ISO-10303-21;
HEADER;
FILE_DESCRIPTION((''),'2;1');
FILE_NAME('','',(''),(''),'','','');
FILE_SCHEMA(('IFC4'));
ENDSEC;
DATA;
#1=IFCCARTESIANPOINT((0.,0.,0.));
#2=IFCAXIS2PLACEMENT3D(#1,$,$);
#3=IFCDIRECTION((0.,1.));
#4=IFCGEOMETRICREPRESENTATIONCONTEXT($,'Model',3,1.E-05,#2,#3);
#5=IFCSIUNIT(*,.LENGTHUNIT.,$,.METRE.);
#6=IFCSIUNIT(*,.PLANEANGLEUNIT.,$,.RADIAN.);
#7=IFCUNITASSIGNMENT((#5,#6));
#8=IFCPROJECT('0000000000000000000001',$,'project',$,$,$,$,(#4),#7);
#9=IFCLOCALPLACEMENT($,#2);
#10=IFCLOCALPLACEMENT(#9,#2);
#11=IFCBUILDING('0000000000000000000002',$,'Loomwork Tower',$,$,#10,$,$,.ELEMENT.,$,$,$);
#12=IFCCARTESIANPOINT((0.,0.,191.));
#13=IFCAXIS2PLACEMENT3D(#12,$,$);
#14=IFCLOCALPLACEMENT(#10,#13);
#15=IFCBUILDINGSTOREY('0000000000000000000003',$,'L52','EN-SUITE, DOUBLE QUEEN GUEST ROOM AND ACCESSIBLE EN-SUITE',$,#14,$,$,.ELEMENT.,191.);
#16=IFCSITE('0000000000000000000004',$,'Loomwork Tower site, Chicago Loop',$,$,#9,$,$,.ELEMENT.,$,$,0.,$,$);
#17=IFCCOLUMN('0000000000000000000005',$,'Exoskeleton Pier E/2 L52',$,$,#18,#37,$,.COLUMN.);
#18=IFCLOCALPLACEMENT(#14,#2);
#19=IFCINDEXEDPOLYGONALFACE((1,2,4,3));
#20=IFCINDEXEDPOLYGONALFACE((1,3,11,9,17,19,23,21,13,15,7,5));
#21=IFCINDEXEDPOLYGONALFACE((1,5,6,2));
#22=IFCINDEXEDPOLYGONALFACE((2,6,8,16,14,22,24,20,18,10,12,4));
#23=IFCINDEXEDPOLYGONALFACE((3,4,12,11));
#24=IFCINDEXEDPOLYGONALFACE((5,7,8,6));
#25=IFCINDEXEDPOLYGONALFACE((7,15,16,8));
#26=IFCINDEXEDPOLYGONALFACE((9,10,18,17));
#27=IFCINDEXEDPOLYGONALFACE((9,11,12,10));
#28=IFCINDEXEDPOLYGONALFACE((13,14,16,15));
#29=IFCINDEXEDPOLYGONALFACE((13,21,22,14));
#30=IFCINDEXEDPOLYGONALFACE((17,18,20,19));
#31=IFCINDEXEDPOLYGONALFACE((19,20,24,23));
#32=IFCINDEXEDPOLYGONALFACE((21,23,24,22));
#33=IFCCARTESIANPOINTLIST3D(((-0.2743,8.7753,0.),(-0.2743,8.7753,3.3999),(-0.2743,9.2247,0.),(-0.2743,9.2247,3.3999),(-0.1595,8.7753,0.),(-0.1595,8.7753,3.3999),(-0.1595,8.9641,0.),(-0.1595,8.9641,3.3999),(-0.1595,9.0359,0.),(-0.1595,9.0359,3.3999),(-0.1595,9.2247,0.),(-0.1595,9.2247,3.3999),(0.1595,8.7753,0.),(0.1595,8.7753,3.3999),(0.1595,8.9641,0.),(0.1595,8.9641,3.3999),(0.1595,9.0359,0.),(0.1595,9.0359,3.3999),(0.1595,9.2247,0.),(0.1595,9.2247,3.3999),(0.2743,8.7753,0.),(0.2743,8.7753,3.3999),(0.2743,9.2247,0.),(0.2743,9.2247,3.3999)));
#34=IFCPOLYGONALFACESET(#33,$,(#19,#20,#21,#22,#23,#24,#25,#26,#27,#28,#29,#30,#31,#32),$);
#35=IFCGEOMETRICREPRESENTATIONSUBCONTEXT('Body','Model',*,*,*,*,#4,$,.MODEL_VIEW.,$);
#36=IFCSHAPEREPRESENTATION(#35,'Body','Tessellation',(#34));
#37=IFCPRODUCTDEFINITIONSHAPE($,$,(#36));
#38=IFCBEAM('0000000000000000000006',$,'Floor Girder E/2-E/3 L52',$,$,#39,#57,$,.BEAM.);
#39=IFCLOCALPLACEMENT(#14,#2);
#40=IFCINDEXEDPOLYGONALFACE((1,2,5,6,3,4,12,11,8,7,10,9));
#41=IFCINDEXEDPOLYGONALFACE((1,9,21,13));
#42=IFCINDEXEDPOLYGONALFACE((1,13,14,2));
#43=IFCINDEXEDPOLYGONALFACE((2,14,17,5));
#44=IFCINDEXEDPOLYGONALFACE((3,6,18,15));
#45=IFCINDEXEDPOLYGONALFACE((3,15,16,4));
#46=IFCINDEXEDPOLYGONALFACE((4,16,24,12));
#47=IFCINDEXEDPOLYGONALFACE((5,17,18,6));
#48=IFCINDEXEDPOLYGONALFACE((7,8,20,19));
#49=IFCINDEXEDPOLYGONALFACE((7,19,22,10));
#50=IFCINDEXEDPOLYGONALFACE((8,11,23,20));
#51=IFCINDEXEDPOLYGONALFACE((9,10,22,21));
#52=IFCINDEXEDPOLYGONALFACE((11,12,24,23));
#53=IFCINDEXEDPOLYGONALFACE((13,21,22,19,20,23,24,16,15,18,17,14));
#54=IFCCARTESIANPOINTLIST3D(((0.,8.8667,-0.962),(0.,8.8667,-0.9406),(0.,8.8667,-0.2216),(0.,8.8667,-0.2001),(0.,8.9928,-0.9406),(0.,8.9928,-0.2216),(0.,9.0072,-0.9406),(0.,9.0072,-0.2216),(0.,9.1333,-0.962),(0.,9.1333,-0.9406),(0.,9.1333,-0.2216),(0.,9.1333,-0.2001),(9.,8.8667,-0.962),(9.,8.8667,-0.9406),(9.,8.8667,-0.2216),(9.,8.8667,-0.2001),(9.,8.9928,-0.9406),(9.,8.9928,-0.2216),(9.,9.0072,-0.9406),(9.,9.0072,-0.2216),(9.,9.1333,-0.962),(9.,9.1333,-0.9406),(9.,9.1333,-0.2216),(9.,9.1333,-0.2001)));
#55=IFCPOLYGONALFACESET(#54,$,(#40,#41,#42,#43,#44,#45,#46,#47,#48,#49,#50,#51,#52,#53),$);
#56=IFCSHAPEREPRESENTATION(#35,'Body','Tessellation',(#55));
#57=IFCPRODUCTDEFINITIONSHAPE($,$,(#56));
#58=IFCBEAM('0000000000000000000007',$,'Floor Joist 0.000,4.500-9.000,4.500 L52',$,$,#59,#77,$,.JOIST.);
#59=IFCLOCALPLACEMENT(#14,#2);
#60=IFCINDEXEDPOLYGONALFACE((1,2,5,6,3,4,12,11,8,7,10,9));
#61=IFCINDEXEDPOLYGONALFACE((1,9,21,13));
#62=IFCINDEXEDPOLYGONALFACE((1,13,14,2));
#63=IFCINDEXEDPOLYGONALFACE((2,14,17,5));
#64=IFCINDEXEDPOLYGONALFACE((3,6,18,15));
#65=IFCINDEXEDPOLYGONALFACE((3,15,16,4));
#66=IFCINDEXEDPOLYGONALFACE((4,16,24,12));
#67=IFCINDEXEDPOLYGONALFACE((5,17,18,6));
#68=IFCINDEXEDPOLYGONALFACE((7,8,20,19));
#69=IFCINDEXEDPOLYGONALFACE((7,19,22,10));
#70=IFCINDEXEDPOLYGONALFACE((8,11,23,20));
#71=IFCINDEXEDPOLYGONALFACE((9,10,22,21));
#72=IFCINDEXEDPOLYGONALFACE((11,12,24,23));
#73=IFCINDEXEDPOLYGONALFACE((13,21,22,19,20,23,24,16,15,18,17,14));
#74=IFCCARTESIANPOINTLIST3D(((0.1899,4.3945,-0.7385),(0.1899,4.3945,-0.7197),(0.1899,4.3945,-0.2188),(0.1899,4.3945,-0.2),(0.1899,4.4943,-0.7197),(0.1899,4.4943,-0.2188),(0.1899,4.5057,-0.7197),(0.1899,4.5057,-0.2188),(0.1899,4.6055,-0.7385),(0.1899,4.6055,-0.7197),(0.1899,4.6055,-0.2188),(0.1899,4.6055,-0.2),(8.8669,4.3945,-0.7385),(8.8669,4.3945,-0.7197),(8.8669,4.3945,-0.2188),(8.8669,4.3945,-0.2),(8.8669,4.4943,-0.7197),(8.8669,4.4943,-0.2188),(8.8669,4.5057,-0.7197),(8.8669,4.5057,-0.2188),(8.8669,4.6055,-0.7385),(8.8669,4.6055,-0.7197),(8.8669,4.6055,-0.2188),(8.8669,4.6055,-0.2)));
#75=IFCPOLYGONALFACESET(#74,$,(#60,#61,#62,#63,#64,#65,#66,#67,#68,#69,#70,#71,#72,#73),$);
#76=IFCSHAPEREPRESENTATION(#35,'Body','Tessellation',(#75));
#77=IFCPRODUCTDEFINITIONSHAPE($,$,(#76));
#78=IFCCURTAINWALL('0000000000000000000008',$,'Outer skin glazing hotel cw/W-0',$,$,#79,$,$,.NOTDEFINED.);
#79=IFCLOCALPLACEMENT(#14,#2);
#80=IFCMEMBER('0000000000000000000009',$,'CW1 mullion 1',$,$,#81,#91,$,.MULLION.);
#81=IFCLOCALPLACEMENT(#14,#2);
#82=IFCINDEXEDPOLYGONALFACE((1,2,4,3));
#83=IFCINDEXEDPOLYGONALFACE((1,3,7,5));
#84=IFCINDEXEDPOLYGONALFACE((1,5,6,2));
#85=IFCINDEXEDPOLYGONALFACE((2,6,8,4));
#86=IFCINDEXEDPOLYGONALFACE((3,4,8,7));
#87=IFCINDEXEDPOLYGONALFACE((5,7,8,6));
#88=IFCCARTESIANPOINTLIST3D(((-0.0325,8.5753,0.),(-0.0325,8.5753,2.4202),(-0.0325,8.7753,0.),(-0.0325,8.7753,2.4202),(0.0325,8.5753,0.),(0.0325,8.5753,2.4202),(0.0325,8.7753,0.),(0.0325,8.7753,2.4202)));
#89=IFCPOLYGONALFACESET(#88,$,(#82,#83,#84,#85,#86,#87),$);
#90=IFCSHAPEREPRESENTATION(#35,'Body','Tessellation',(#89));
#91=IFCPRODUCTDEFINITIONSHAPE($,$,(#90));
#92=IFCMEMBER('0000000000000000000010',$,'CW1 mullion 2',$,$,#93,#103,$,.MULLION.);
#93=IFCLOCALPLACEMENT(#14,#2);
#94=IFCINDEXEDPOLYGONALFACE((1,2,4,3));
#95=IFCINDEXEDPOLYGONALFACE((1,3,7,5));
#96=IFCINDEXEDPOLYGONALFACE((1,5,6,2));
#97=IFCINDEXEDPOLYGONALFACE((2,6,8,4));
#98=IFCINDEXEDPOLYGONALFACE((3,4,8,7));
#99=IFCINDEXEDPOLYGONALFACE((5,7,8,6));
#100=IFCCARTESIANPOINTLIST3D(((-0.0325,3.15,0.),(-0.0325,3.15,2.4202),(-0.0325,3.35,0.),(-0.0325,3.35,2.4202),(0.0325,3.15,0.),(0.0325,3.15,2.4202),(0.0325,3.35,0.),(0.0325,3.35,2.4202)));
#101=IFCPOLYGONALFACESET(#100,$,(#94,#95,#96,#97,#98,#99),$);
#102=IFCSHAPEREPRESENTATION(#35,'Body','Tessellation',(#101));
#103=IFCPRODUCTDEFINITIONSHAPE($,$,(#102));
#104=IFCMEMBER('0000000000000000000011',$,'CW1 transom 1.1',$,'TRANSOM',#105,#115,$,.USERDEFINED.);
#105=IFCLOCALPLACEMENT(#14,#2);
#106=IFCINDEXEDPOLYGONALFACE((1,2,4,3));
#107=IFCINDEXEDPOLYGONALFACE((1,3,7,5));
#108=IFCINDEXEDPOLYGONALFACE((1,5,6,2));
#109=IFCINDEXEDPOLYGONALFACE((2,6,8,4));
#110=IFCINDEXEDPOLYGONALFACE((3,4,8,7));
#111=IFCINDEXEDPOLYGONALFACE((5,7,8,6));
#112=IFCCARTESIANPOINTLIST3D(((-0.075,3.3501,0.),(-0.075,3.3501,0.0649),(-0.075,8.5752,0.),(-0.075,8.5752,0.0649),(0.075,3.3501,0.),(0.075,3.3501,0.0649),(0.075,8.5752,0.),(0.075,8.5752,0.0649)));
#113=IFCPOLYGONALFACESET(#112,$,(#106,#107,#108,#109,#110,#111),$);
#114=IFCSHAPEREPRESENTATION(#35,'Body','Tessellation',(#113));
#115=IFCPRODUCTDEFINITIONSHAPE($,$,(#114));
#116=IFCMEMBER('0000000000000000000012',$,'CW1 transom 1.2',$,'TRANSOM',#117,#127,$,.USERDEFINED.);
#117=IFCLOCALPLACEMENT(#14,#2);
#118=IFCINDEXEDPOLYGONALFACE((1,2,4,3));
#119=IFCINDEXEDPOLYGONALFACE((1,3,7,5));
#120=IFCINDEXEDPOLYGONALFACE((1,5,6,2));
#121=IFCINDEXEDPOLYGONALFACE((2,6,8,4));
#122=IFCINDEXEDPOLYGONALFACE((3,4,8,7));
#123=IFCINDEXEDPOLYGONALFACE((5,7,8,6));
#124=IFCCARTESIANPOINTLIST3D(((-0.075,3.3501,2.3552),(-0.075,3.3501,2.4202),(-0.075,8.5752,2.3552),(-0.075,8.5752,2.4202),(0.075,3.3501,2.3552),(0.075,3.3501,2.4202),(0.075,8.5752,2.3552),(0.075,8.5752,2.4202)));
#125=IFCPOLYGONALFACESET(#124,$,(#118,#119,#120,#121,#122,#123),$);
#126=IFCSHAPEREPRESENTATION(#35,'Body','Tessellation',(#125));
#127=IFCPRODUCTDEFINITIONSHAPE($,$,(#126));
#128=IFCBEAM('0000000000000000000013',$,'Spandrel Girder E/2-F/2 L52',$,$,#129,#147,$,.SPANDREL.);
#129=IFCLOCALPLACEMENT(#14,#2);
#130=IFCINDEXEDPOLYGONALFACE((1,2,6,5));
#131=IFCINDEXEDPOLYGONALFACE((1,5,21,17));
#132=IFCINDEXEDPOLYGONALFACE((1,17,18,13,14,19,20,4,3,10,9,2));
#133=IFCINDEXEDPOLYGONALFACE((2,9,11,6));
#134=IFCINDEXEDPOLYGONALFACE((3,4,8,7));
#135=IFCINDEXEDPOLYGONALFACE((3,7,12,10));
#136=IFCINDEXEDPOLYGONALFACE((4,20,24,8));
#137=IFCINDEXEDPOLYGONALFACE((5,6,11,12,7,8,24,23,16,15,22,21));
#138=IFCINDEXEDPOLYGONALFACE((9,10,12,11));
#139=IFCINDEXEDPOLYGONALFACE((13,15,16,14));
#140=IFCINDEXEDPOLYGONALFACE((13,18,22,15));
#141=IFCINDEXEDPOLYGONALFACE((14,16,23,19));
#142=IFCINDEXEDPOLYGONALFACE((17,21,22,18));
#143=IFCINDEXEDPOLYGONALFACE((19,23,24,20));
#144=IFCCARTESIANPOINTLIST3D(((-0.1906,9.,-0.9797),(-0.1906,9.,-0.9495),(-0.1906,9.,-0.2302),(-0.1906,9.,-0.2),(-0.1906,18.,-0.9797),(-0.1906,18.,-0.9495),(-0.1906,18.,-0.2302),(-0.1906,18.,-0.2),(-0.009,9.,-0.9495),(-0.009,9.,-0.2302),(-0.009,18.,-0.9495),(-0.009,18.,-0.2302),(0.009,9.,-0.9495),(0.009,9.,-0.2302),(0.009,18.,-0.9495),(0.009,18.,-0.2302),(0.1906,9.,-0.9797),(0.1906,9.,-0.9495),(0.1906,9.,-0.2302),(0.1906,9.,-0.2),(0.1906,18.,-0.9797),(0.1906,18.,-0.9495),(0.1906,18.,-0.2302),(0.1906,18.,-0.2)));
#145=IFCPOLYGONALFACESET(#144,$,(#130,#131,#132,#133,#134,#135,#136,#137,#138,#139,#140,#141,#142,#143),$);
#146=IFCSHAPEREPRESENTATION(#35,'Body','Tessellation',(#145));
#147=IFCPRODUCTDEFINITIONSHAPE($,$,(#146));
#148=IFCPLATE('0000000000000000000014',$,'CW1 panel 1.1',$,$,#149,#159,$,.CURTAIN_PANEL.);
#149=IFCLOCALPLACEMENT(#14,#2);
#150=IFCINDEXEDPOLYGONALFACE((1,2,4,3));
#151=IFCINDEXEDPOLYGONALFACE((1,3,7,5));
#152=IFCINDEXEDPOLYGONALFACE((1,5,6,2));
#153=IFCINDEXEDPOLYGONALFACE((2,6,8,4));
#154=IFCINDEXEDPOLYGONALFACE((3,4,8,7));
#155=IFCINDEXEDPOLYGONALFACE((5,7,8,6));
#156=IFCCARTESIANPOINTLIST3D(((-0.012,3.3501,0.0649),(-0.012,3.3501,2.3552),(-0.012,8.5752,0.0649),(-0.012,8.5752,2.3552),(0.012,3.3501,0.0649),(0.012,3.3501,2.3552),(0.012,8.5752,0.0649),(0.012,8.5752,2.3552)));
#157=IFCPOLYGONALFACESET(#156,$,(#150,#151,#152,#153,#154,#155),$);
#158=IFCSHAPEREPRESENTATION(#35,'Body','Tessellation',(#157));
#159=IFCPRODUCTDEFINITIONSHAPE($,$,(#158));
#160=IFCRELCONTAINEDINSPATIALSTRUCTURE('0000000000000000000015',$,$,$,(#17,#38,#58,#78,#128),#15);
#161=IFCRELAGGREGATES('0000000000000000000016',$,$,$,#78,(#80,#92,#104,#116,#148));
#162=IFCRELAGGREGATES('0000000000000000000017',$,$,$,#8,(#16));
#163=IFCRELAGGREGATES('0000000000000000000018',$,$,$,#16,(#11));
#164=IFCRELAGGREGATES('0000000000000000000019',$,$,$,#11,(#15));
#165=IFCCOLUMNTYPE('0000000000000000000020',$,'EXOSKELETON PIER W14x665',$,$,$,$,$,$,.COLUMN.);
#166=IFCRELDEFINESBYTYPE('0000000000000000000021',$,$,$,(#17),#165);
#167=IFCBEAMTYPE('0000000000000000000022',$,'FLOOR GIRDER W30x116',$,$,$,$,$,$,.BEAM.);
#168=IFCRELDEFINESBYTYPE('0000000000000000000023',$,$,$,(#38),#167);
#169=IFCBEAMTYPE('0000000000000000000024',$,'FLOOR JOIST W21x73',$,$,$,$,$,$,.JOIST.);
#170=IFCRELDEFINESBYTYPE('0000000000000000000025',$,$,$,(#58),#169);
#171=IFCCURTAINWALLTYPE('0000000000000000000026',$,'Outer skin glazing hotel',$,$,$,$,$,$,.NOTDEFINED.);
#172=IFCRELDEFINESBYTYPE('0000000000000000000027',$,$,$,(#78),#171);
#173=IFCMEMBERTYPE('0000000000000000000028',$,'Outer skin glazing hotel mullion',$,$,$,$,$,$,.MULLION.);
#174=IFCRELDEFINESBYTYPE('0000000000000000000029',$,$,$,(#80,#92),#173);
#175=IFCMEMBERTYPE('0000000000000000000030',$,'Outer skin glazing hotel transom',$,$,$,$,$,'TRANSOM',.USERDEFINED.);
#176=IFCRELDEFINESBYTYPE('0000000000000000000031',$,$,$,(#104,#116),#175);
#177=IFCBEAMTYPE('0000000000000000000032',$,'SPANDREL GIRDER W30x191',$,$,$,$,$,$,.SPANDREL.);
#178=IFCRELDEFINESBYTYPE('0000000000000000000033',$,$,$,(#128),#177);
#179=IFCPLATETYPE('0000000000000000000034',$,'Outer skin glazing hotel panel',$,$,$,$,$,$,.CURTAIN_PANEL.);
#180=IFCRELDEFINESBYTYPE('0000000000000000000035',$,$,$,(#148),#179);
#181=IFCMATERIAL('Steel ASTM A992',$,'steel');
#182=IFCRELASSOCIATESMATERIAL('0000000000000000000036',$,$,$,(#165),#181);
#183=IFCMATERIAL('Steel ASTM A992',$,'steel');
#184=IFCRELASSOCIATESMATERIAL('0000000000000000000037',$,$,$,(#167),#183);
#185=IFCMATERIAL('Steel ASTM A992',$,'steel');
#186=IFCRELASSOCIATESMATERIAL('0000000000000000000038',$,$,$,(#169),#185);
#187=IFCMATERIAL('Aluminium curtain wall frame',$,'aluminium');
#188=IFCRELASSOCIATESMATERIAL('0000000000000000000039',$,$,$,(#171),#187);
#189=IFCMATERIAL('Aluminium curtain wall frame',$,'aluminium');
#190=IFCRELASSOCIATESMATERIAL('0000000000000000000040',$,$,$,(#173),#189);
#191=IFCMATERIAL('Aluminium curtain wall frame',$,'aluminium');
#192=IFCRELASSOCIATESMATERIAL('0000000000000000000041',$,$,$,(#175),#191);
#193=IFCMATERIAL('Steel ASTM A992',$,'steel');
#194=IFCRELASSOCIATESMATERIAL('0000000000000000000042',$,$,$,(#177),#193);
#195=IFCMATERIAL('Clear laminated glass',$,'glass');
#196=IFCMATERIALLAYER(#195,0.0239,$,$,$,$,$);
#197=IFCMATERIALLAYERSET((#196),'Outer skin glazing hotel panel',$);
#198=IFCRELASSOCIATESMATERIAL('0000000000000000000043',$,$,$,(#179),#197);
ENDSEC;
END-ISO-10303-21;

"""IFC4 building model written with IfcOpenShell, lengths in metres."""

from ifc_helpers import new_model, si_unit, direction, frame, origin, origin_2d, place, context, subcontext, project, spatial, rectangle, i_section, extrude, material, layer, layer_set, material_profile, profile_set, type_object, element, aggregate, save


model = new_model("IFC4")

# Units and contexts
model_context = context("Model", 3, precision=1e-05, world=origin(), true_north=direction((0.0, 1.0)))
body_context = subcontext(model_context, "Body", "Model", "MODEL_VIEW")
ifc_project = project(units=[si_unit("LENGTHUNIT", "METRE"), si_unit("PLANEANGLEUNIT", "RADIAN")], contexts=[model_context])

# Site, building, storey
site_placement = place(None, origin())
site = spatial("IfcSite", under=ifc_project, at=site_placement, Name="Loomwork Tower site, Chicago Loop", CompositionType="ELEMENT", RefElevation=0.0)
building_placement = place(site_placement, origin())
building = spatial("IfcBuilding", under=site, at=building_placement, Name="Loomwork Tower", CompositionType="ELEMENT")
storey_placement = place(building_placement, frame((0.0, 0.0, 191.0)))
storey = spatial("IfcBuildingStorey", under=building, at=storey_placement, Name="L52", Description="EN-SUITE, DOUBLE QUEEN GUEST ROOM AND ACCESSIBLE EN-SUITE", CompositionType="ELEMENT", Elevation=191.0)

# Column
ifc_material_1 = material(Name="Steel ASTM A992", Category="steel")
ifc_material_profile_1 = material_profile(ifc_material_1, i_section(OverallWidth=0.4495, OverallDepth=0.5486, WebThickness=0.0718, FlangeThickness=0.1147, at=origin_2d()), Name="W14x665")
ifc_profile_set_1 = profile_set([ifc_material_profile_1], Name="Steel ASTM A992")
column_type = type_object("IfcColumnType", Name="EXOSKELETON PIER W14x665", PredefinedType="COLUMN", material=ifc_profile_set_1)
column_placement = place(storey_placement, frame((0.0, 9.0, 0.0), z_axis=(0.0, 0.0, 1.0), x_axis=(0.0, 1.0, 0.0)))
element("IfcColumn", 1, at=column_placement, inside=storey, type_object=column_type, Name="Exoskeleton Pier E/2 L52", PredefinedType="COLUMN", context=body_context, shape_type="SweptSolid", body=[
    extrude(i_section(OverallWidth=0.4495, OverallDepth=0.5486, WebThickness=0.0718, FlangeThickness=0.1147, at=origin_2d()), origin(), (0.0, 0.0, 1.0), 3.3999),
])

# Beams
ifc_material_2 = material(Name="Steel ASTM A992", Category="steel")
ifc_material_profile_2 = material_profile(ifc_material_2, i_section(OverallWidth=0.2666, OverallDepth=0.762, WebThickness=0.0144, FlangeThickness=0.0215, at=origin_2d()), Name="W30x116")
ifc_profile_set_2 = profile_set([ifc_material_profile_2], Name="Steel ASTM A992")
beam_type_1 = type_object("IfcBeamType", Name="FLOOR GIRDER W30x116", PredefinedType="BEAM", material=ifc_profile_set_2)
beam_1_placement = place(storey_placement, frame((0.0, 9.0, -0.5811), z_axis=(1.0, 0.0, 0.0), x_axis=(0.0, 1.0, 0.0)))
element("IfcBeam", 2, at=beam_1_placement, inside=storey, type_object=beam_type_1, Name="Floor Girder E/2-E/3 L52", PredefinedType="BEAM", context=body_context, shape_type="SweptSolid", body=[
    extrude(i_section(OverallWidth=0.2666, OverallDepth=0.762, WebThickness=0.0144, FlangeThickness=0.0215, at=origin_2d()), origin(), (0.0, 0.0, 1.0), 9.0),
])
ifc_material_3 = material(Name="Steel ASTM A992", Category="steel")
ifc_material_profile_3 = material_profile(ifc_material_3, i_section(OverallWidth=0.2109, OverallDepth=0.5386, WebThickness=0.0115, FlangeThickness=0.0188, at=origin_2d()), Name="W21x73")
ifc_profile_set_3 = profile_set([ifc_material_profile_3], Name="Steel ASTM A992")
beam_type_2 = type_object("IfcBeamType", Name="FLOOR JOIST W21x73", PredefinedType="JOIST", material=ifc_profile_set_3)
beam_2_placement = place(storey_placement, frame((0.1899, 4.5, -0.4692), z_axis=(1.0, 0.0, 0.0), x_axis=(0.0, 1.0, 0.0)))
element("IfcBeam", 3, at=beam_2_placement, inside=storey, type_object=beam_type_2, Name="Floor Joist 0.000,4.500-9.000,4.500 L52", PredefinedType="JOIST", context=body_context, shape_type="SweptSolid", body=[
    extrude(i_section(OverallWidth=0.2109, OverallDepth=0.5386, WebThickness=0.0115, FlangeThickness=0.0188, at=origin_2d()), origin(), (0.0, 0.0, 1.0), 8.677),
])

# Curtain wall, members
ifc_material_4 = material(Name="Aluminium curtain wall frame", Category="aluminium")
curtain_wall_type = type_object("IfcCurtainWallType", Name="Outer skin glazing hotel", PredefinedType="NOTDEFINED", material=ifc_material_4)
curtain_wall_placement = place(storey_placement, origin())
curtain_wall = element("IfcCurtainWall", 4, at=curtain_wall_placement, inside=storey, type_object=curtain_wall_type, Name="Outer skin glazing hotel cw/W-0", PredefinedType="NOTDEFINED")
ifc_material_5 = material(Name="Aluminium curtain wall frame", Category="aluminium")
ifc_material_profile_4 = material_profile(ifc_material_5, rectangle(XDim=0.0649, YDim=0.2, at=origin_2d()), Name="AL 65x200")
ifc_profile_set_4 = profile_set([ifc_material_profile_4], Name="Aluminium curtain wall frame")
member_type_1 = type_object("IfcMemberType", Name="Outer skin glazing hotel mullion", PredefinedType="MULLION", material=ifc_profile_set_4)
member_1_placement = place(storey_placement, frame((0.0, 8.6753, 0.0), z_axis=(0.0, 0.0, 1.0), x_axis=(1.0, 0.0, 0.0)))
member_1 = element("IfcMember", 5, at=member_1_placement, type_object=member_type_1, Name="CW1 mullion 1", PredefinedType="MULLION", context=body_context, shape_type="SweptSolid", body=[
    extrude(rectangle(XDim=0.0649, YDim=0.2, at=origin_2d()), origin(), (0.0, 0.0, 1.0), 2.4202),
])
member_2_placement = place(storey_placement, frame((0.0, 3.25, 0.0), z_axis=(0.0, 0.0, 1.0), x_axis=(1.0, 0.0, 0.0)))
member_2 = element("IfcMember", 6, at=member_2_placement, type_object=member_type_1, Name="CW1 mullion 2", PredefinedType="MULLION", context=body_context, shape_type="SweptSolid", body=[
    extrude(rectangle(XDim=0.0649, YDim=0.2, at=origin_2d()), origin(), (0.0, 0.0, 1.0), 2.4202),
])
ifc_material_6 = material(Name="Aluminium curtain wall frame", Category="aluminium")
ifc_material_profile_5 = material_profile(ifc_material_6, rectangle(XDim=0.1499, YDim=0.0649, at=origin_2d()), Name="AL 65x150")
ifc_profile_set_5 = profile_set([ifc_material_profile_5], Name="Aluminium curtain wall frame")
member_type_2 = type_object("IfcMemberType", Name="Outer skin glazing hotel transom", ElementType="TRANSOM", PredefinedType="USERDEFINED", material=ifc_profile_set_5)
member_3_placement = place(storey_placement, frame((0.0, 8.5752, 0.0325), z_axis=(0.0, -1.0, 0.0), x_axis=(1.0, 0.0, 0.0)))
member_3 = element("IfcMember", 7, at=member_3_placement, type_object=member_type_2, Name="CW1 transom 1.1", ObjectType="TRANSOM", PredefinedType="USERDEFINED", context=body_context, shape_type="SweptSolid", body=[
    extrude(rectangle(XDim=0.1499, YDim=0.0649, at=origin_2d()), origin(), (0.0, 0.0, 1.0), 5.2251),
])
member_4_placement = place(storey_placement, frame((0.0, 8.5752, 2.3877), z_axis=(0.0, -1.0, 0.0), x_axis=(1.0, 0.0, 0.0)))
member_4 = element("IfcMember", 8, at=member_4_placement, type_object=member_type_2, Name="CW1 transom 1.2", ObjectType="TRANSOM", PredefinedType="USERDEFINED", context=body_context, shape_type="SweptSolid", body=[
    extrude(rectangle(XDim=0.1499, YDim=0.0649, at=origin_2d()), origin(), (0.0, 0.0, 1.0), 5.2251),
])

# Beam
ifc_material_7 = material(Name="Steel ASTM A992", Category="steel")
ifc_material_profile_6 = material_profile(ifc_material_7, i_section(OverallWidth=0.3811, OverallDepth=0.7798, WebThickness=0.0181, FlangeThickness=0.0303, at=origin_2d()), Name="W30x191")
ifc_profile_set_6 = profile_set([ifc_material_profile_6], Name="Steel ASTM A992")
beam_type_3 = type_object("IfcBeamType", Name="SPANDREL GIRDER W30x191", PredefinedType="SPANDREL", material=ifc_profile_set_6)
beam_3_placement = place(storey_placement, frame((0.0, 9.0, -0.5898), z_axis=(0.0, 1.0, 0.0), x_axis=(-1.0, 0.0, 0.0)))
element("IfcBeam", 9, at=beam_3_placement, inside=storey, type_object=beam_type_3, Name="Spandrel Girder E/2-F/2 L52", PredefinedType="SPANDREL", context=body_context, shape_type="SweptSolid", body=[
    extrude(i_section(OverallWidth=0.3811, OverallDepth=0.7798, WebThickness=0.0181, FlangeThickness=0.0303, at=origin_2d()), origin(), (0.0, 0.0, 1.0), 9.0),
])

# Plate
ifc_material_8 = material(Name="Clear laminated glass", Category="glass")
ifc_layer_1 = layer(ifc_material_8, 0.0239)
ifc_layer_set_1 = layer_set([ifc_layer_1], Name="Outer skin glazing hotel panel")
plate_type = type_object("IfcPlateType", Name="Outer skin glazing hotel panel", PredefinedType="CURTAIN_PANEL", material=ifc_layer_set_1)
plate_placement = place(storey_placement, frame((0.0, 5.9626, 0.0649), z_axis=(0.0, 0.0, 1.0), x_axis=(0.0, -1.0, 0.0)))
plate = element("IfcPlate", 10, at=plate_placement, type_object=plate_type, Name="CW1 panel 1.1", PredefinedType="CURTAIN_PANEL", context=body_context, shape_type="SweptSolid", body=[
    extrude(rectangle(XDim=5.2251, YDim=0.0239, at=origin_2d()), origin(), (0.0, 0.0, 1.0), 2.2903),
])
aggregate(curtain_wall, [member_1, member_2, member_3, member_4, plate])

save(model, "model.ifc")
